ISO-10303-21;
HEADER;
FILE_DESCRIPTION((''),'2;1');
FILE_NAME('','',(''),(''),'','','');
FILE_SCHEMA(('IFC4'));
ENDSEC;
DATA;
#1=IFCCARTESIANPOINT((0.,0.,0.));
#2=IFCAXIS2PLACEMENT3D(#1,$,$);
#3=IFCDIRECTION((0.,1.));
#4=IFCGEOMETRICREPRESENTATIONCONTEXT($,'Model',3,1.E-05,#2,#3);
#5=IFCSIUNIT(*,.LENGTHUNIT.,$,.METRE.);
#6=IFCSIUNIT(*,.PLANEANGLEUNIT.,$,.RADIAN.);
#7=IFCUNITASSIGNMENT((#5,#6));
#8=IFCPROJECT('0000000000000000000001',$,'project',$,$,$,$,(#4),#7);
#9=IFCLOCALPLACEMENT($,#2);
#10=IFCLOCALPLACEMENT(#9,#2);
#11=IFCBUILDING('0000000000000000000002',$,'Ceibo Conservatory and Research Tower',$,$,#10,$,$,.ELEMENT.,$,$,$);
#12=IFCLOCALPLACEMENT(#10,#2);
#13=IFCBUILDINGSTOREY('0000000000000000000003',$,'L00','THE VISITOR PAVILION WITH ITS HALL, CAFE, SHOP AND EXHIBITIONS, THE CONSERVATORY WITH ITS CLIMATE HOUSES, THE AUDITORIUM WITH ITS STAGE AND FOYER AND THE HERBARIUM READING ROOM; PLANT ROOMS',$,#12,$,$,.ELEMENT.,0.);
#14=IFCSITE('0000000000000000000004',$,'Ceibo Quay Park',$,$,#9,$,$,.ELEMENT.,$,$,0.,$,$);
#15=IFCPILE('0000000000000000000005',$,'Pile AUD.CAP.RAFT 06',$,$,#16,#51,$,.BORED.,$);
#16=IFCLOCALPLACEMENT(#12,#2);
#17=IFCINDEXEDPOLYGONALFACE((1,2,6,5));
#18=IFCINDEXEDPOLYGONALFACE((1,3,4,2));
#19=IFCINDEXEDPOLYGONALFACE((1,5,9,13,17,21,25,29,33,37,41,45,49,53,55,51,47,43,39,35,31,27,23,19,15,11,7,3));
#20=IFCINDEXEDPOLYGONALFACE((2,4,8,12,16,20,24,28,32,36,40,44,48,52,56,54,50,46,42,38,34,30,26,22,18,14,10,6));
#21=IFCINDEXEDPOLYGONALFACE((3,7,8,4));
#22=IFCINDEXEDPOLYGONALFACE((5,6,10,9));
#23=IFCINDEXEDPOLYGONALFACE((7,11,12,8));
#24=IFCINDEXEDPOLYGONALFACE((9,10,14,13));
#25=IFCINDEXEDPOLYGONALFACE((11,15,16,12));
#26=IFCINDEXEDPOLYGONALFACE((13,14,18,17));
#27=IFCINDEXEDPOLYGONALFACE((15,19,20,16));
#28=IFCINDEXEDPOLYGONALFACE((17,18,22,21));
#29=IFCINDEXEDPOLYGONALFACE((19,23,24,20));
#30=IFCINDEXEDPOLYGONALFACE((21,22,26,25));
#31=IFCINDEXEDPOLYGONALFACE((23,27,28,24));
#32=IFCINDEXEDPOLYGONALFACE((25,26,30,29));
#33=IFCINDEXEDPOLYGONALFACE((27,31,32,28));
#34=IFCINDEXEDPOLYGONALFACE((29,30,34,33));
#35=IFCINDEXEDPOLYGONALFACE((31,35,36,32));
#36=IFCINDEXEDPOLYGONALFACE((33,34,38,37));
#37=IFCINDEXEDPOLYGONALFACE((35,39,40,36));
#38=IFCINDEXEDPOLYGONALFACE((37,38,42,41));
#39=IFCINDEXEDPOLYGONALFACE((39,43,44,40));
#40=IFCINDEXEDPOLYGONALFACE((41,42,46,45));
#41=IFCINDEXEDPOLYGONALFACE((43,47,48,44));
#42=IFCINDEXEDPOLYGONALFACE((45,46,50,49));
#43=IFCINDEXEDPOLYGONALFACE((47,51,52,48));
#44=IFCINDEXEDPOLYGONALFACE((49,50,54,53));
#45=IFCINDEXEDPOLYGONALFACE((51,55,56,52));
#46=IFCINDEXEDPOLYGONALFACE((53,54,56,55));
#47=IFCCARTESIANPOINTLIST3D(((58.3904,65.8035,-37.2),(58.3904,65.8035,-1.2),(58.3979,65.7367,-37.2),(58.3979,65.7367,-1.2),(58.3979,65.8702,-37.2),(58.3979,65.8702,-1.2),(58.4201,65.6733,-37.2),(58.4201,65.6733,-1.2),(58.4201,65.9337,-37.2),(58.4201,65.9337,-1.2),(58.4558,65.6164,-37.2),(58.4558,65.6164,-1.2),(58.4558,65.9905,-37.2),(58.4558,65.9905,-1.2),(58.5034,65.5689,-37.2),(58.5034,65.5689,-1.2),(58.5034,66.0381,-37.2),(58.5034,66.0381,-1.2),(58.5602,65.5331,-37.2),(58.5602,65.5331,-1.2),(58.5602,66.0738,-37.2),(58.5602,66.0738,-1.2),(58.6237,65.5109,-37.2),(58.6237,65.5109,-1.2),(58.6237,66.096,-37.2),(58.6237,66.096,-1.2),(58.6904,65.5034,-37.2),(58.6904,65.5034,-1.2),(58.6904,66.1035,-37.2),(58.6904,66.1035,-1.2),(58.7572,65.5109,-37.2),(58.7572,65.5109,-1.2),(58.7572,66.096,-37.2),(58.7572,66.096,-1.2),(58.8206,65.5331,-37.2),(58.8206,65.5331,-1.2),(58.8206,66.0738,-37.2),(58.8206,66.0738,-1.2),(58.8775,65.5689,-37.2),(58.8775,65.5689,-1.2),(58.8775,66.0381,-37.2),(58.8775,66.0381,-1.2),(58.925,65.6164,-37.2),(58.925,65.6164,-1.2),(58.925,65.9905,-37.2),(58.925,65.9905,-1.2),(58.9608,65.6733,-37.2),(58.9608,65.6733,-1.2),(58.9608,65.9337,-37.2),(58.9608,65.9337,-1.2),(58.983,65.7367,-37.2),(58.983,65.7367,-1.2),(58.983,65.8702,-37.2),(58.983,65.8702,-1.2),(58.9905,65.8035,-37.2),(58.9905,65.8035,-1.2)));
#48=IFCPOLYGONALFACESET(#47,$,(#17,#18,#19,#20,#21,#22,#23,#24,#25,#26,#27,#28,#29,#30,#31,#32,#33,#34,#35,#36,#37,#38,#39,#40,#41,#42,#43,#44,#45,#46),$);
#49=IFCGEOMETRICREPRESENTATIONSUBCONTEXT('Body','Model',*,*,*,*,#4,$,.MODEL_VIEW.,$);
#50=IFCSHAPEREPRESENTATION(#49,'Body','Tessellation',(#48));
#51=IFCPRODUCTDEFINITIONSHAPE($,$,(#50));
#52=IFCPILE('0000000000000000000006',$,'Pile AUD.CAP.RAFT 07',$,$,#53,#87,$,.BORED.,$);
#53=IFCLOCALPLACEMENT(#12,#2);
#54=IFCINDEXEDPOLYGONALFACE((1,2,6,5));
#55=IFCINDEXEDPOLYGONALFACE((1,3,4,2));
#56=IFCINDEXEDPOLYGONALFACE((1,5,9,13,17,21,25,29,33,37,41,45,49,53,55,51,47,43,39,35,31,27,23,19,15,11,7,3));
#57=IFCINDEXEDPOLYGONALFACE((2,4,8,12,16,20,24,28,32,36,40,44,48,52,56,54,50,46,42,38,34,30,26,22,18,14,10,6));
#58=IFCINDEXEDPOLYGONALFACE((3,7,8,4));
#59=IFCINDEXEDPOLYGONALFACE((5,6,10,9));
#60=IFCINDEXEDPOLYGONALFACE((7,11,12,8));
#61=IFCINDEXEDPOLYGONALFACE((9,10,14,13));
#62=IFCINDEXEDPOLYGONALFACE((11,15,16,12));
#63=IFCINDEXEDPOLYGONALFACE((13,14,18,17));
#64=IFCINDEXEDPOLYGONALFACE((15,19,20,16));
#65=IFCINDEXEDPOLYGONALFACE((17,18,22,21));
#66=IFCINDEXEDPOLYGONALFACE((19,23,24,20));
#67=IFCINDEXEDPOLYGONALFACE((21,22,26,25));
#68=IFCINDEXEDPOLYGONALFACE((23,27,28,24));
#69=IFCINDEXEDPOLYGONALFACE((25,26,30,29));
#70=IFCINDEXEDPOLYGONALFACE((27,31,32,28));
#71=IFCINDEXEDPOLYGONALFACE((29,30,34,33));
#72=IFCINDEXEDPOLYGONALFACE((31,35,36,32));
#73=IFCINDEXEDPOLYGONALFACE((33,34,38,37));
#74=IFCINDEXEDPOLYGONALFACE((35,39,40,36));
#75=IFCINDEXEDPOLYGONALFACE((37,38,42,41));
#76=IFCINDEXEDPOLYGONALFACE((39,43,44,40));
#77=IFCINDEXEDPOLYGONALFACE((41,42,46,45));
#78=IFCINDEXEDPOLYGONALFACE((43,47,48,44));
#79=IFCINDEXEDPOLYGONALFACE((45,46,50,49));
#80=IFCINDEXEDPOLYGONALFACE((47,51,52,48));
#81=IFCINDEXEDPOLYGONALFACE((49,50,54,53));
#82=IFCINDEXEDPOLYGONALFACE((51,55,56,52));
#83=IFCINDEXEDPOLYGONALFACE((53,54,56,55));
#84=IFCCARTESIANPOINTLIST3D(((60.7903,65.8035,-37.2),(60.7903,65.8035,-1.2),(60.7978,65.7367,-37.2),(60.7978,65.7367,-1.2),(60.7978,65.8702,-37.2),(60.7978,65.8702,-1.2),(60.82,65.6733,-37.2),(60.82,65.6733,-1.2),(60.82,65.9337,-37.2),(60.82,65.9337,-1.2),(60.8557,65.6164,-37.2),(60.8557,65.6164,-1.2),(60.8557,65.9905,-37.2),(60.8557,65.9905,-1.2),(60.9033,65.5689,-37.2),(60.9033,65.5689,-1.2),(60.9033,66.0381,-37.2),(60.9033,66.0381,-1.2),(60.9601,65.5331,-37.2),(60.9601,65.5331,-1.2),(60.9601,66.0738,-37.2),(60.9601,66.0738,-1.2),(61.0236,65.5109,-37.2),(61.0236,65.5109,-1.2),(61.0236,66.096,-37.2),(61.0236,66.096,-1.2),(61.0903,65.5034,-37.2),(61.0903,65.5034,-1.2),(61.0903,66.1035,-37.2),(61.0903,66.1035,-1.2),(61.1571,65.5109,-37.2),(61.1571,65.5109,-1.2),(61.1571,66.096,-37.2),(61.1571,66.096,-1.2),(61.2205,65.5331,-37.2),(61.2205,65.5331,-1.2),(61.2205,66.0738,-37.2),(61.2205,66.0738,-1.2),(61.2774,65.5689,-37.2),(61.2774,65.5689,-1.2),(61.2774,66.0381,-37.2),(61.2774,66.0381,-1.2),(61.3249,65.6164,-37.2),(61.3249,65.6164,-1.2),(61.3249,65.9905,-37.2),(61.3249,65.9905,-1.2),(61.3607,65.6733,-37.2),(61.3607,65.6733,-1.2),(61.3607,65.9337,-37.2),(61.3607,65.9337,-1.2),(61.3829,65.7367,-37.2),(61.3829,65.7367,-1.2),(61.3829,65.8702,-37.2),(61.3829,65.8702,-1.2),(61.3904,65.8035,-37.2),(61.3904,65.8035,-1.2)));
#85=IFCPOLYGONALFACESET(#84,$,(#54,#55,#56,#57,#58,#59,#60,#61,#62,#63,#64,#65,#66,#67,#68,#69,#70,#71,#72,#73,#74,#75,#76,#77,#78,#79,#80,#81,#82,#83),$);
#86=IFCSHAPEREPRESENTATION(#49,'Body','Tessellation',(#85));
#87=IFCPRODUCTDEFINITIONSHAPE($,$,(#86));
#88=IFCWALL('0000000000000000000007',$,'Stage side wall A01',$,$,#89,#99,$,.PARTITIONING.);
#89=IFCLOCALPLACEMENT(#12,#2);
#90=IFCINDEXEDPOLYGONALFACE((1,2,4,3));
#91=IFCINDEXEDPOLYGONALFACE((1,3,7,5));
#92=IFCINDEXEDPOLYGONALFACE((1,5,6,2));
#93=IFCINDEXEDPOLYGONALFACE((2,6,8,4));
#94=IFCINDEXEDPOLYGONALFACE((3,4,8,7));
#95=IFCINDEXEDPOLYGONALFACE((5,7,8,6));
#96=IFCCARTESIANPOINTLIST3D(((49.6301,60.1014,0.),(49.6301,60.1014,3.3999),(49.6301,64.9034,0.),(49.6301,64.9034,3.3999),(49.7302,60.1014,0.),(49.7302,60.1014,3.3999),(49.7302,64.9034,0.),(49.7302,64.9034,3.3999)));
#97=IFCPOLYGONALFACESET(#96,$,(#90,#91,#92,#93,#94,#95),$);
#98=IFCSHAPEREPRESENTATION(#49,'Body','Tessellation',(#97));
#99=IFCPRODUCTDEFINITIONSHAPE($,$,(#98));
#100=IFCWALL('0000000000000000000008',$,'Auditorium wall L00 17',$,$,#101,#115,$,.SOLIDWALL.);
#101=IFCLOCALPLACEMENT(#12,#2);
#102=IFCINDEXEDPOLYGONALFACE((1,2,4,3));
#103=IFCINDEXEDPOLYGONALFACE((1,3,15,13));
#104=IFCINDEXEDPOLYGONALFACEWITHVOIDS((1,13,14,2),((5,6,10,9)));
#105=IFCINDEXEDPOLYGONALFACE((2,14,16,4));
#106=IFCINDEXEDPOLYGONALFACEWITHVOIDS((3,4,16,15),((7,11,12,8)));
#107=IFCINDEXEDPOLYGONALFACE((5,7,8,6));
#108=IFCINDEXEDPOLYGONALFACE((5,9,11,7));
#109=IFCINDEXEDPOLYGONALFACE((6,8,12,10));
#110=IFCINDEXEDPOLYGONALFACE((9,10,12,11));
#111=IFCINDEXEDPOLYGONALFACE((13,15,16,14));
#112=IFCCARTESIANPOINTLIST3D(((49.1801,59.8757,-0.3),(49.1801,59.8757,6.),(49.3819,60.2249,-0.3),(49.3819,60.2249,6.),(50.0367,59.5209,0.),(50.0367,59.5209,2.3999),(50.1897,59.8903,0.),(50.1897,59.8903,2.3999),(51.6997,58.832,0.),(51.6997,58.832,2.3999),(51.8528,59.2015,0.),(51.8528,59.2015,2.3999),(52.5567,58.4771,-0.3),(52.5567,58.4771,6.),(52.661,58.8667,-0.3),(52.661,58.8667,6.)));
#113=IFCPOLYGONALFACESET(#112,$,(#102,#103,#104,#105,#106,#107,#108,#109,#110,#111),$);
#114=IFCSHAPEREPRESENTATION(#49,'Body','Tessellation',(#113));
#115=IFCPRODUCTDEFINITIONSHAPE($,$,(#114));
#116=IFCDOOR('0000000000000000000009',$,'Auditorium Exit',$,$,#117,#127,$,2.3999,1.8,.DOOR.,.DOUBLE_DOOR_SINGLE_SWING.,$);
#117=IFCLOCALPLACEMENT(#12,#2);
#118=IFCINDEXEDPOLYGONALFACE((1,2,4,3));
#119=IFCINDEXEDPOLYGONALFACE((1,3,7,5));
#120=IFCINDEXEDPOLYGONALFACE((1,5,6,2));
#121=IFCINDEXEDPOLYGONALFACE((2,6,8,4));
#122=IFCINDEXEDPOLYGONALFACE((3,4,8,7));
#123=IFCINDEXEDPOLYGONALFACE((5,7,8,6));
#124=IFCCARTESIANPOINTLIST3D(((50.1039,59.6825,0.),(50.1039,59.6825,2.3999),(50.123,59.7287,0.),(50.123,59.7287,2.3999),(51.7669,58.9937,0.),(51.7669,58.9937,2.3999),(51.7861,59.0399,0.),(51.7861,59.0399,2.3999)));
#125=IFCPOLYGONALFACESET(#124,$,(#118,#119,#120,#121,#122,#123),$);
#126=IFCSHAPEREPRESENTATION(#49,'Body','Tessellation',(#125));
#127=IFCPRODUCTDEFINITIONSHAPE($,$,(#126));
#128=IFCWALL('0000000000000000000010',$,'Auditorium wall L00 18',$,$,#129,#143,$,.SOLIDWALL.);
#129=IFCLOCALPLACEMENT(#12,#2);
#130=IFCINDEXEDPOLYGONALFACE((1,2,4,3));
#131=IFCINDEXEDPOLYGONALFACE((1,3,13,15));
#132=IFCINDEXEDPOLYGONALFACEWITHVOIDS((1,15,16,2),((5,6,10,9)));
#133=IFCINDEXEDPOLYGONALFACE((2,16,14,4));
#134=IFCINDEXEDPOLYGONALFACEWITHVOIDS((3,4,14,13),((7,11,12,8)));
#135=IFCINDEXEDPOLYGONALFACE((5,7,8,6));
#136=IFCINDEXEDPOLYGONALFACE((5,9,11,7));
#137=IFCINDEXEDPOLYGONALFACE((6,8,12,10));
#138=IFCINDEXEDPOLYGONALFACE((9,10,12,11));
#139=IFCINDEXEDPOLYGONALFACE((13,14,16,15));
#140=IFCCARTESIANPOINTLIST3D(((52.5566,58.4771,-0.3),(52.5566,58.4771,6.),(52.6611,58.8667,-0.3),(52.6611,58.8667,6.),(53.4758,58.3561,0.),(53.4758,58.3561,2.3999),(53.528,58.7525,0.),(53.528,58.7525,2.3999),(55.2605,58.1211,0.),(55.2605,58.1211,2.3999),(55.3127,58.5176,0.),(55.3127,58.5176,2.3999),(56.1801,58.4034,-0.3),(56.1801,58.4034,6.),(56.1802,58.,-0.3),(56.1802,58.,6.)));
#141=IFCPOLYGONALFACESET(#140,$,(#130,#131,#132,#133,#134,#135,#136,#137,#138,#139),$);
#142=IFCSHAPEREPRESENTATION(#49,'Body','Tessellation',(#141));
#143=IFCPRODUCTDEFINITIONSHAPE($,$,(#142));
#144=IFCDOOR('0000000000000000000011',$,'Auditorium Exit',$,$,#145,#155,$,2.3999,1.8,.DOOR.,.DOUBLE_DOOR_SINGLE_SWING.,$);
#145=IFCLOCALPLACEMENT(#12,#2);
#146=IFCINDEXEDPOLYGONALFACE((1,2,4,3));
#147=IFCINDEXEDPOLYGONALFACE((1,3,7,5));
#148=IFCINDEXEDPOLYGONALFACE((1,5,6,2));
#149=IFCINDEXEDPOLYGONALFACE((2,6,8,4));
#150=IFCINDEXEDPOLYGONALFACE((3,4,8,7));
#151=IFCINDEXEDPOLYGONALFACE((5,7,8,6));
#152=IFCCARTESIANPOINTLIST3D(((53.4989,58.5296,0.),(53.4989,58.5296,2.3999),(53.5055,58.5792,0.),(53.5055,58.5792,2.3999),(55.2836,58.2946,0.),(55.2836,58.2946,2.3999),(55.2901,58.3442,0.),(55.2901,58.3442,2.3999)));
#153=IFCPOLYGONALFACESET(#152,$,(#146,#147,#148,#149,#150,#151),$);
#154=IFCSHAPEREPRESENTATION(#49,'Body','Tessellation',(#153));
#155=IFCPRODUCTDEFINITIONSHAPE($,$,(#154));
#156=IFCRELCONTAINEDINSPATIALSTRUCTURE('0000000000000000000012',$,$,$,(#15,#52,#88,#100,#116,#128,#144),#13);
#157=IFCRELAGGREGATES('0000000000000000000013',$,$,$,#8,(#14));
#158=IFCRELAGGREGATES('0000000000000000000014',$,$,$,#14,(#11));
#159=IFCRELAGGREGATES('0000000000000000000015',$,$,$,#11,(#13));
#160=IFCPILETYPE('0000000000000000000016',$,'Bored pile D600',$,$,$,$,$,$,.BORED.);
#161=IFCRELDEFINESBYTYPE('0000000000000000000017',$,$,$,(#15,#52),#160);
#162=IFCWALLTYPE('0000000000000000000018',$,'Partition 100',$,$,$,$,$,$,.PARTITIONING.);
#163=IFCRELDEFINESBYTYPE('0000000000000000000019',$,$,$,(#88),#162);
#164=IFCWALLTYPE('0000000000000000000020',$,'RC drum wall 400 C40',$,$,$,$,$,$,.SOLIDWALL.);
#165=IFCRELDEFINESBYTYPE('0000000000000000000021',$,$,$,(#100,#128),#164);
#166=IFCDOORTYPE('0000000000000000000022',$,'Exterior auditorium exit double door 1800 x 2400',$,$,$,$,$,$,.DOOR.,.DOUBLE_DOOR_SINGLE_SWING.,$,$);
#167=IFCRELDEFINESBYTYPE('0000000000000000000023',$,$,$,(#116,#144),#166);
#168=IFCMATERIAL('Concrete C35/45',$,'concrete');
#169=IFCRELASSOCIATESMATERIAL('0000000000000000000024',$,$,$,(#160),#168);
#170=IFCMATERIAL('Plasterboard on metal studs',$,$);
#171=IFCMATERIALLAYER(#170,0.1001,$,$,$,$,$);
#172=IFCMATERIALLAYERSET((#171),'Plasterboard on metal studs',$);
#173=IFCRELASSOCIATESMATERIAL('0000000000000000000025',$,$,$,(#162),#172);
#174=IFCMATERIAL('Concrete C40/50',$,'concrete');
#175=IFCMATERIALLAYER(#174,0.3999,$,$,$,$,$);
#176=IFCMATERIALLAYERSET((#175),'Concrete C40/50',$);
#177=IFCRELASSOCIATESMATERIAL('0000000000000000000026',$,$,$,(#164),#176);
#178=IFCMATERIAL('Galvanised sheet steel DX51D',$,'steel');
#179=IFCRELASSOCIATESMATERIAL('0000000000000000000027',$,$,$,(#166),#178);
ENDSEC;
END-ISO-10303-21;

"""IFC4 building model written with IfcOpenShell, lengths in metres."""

from ifc_helpers import new_model, si_unit, direction, frame, frame_2d, origin, origin_2d, place, context, subcontext, project, spatial, polyline, rectangle, circle, outline, extrude, material, layer, layer_set, material_profile, profile_set, type_object, element, fill, save


model = new_model("IFC4")

# Units and contexts
model_context = context("Model", 3, precision=1e-05, world=origin(), true_north=direction((0.0, 1.0)))
body_context = subcontext(model_context, "Body", "Model", "MODEL_VIEW")
ifc_project = project(units=[si_unit("LENGTHUNIT", "METRE"), si_unit("PLANEANGLEUNIT", "RADIAN")], contexts=[model_context])

# Site, building, storey
site_placement = place(None, origin())
site = spatial("IfcSite", under=ifc_project, at=site_placement, Name="Ceibo Quay Park", CompositionType="ELEMENT", RefElevation=0.0)
building_placement = place(site_placement, origin())
building = spatial("IfcBuilding", under=site, at=building_placement, Name="Ceibo Conservatory and Research Tower", CompositionType="ELEMENT")
storey_placement = place(building_placement, origin())
storey = spatial("IfcBuildingStorey", under=building, at=storey_placement, Name="L00", Description="THE VISITOR PAVILION WITH ITS HALL, CAFE, SHOP AND EXHIBITIONS, THE CONSERVATORY WITH ITS CLIMATE HOUSES, THE AUDITORIUM WITH ITS STAGE AND FOYER AND THE HERBARIUM READING ROOM; PLANT ROOMS", CompositionType="ELEMENT", Elevation=0.0)

# Piles
ifc_material_1 = material(Name="Concrete C35/45", Category="concrete")
ifc_material_profile = material_profile(ifc_material_1, circle(Radius=0.3, at=origin_2d()), Name="RC D600")
ifc_profile_set = profile_set([ifc_material_profile], Name="Concrete C35/45")
pile_type = type_object("IfcPileType", Name="Bored pile D600", PredefinedType="BORED", material=ifc_profile_set)
for number, where, z_axis, x_axis, name in (
    (1, (58.6904, 65.8035, -1.2), (0.0, 0.0, -1.0), (1.0, 0.0, 0.0), "Pile AUD.CAP.RAFT 06"),
    (2, (61.0903, 65.8035, -1.2), (0.0, 0.0, -1.0), (1.0, 0.0, 0.0), "Pile AUD.CAP.RAFT 07"),
):
    element("IfcPile", number, at=place(storey_placement, frame(where, z_axis=z_axis, x_axis=x_axis)), inside=storey, type_object=pile_type, Name=name, PredefinedType="BORED", context=body_context, shape_type="SweptSolid", body=[
        extrude(circle(Radius=0.3, at=origin_2d()), origin(), (0.0, 0.0, 1.0), 36.0),
    ])

# Wall
ifc_material_2 = material(Name="Plasterboard on metal studs")
ifc_layer_1 = layer(ifc_material_2, 0.1001)
ifc_layer_set_1 = layer_set([ifc_layer_1], Name="Plasterboard on metal studs")
wall_type_1 = type_object("IfcWallType", Name="Partition 100", PredefinedType="PARTITIONING", material=ifc_layer_set_1)
wall_1_placement = place(storey_placement, frame((49.6802, 60.1016, 0.0), z_axis=(0.0, 0.0, 1.0), x_axis=(0.0, 1.0, 0.0)))
element("IfcWall", 3, at=wall_1_placement, inside=storey, type_object=wall_type_1, Name="Stage side wall A01", PredefinedType="PARTITIONING", context=body_context, shape_type="SweptSolid", body=[
    extrude(rectangle(XDim=4.802, YDim=0.1001, at=frame_2d((2.4009, 0.0))), origin(), (0.0, 0.0, 1.0), 3.3999),
])

# Walls, openings, doors
ifc_material_3 = material(Name="Concrete C40/50", Category="concrete")
ifc_layer_2 = layer(ifc_material_3, 0.3999)
ifc_layer_set_2 = layer_set([ifc_layer_2], Name="Concrete C40/50")
wall_type_2 = type_object("IfcWallType", Name="RC drum wall 400 C40", PredefinedType="SOLIDWALL", material=ifc_layer_set_2)
wall_2_placement = place(storey_placement, frame((49.281, 60.0503, -0.3), z_axis=(0.0, 0.0, 1.0), x_axis=(0.923883, -0.382675, 0.0)))
wall_2 = element("IfcWall", 4, at=wall_2_placement, inside=storey, type_object=wall_type_2, Name="Auditorium wall L00 17", PredefinedType="SOLIDWALL", context=body_context, shape_type="SweptSolid", body=[
    extrude(outline(polyline([(-0.0264, -0.2), (3.6284, -0.2), (3.5757, 0.2), (0.0264, 0.2), (-0.0264, -0.2)])), origin(), (0.0, 0.0, 1.0), 6.3),
])
opening_1_placement = place(wall_2_placement, frame((0.9009, 0.0, 0.3)))
opening_1 = element("IfcOpeningElement", 5, at=opening_1_placement, cuts=wall_2, PredefinedType="OPENING", context=body_context, shape_type="SweptSolid", body=[
    extrude(rectangle(XDim=1.8, YDim=2.3999, at=frame_2d((0.8999, 1.2))), frame((0.0, 0.21, 0.0), z_axis=(0.0, -1.0, 0.0), x_axis=(1.0, 0.0, 0.0)), (0.0, 0.0, 1.0), 0.4199),
])
ifc_material_4 = material(Name="Galvanised sheet steel DX51D", Category="steel")
door_type = type_object("IfcDoorType", Name="Exterior auditorium exit double door 1800 x 2400", OperationType="DOUBLE_DOOR_SINGLE_SWING", PredefinedType="DOOR", material=ifc_material_4)
door_1_placement = place(opening_1_placement, frame((1.8, 0.0, 0.0), z_axis=(0.0, 0.0, 1.0), x_axis=(-1.0, 0.0, 0.0)))
door_1 = element("IfcDoor", 6, at=door_1_placement, inside=storey, type_object=door_type, Name="Auditorium Exit", OperationType="DOUBLE_DOOR_SINGLE_SWING", OverallHeight=2.3999, OverallWidth=1.8, PredefinedType="DOOR", context=body_context, shape_type="SweptSolid", body=[
    extrude(rectangle(XDim=1.8, YDim=2.3999, at=frame_2d((0.8999, 1.2))), frame((0.0, 0.0249, 0.0), z_axis=(0.0, -1.0, 0.0), x_axis=(1.0, 0.0, 0.0)), (0.0, 0.0, 1.0), 0.05),
])
fill(opening_1, door_1)
wall_3_placement = place(storey_placement, frame((52.6089, 58.6719, -0.3), z_axis=(0.0, 0.0, 1.0), x_axis=(0.991443, -0.130539, 0.0)))
wall_3 = element("IfcWall", 7, at=wall_3_placement, inside=storey, type_object=wall_type_2, Name="Auditorium wall L00 18", PredefinedType="SOLIDWALL", context=body_context, shape_type="SweptSolid", body=[
    extrude(outline(polyline([(-0.0264, -0.2), (3.6284, -0.2), (3.5757, 0.2), (0.0264, 0.2), (-0.0264, -0.2)])), origin(), (0.0, 0.0, 1.0), 6.3),
])
opening_2_placement = place(wall_3_placement, frame((0.9009, 0.0, 0.3)))
opening_2 = element("IfcOpeningElement", 8, at=opening_2_placement, cuts=wall_3, PredefinedType="OPENING", context=body_context, shape_type="SweptSolid", body=[
    extrude(rectangle(XDim=1.8, YDim=2.3999, at=frame_2d((0.8999, 1.2))), frame((0.0, 0.21, 0.0), z_axis=(0.0, -1.0, 0.0), x_axis=(1.0, 0.0, 0.0)), (0.0, 0.0, 1.0), 0.4199),
])
door_2_placement = place(opening_2_placement, frame((1.8, 0.0, 0.0), z_axis=(0.0, 0.0, 1.0), x_axis=(-1.0, 0.0, 0.0)))
door_2 = element("IfcDoor", 9, at=door_2_placement, inside=storey, type_object=door_type, Name="Auditorium Exit", OperationType="DOUBLE_DOOR_SINGLE_SWING", OverallHeight=2.3999, OverallWidth=1.8, PredefinedType="DOOR", context=body_context, shape_type="SweptSolid", body=[
    extrude(rectangle(XDim=1.8, YDim=2.3999, at=frame_2d((0.8999, 1.2))), frame((0.0, 0.0249, 0.0), z_axis=(0.0, -1.0, 0.0), x_axis=(1.0, 0.0, 0.0)), (0.0, 0.0, 1.0), 0.05),
])
fill(opening_2, door_2)

save(model, "model.ifc")
